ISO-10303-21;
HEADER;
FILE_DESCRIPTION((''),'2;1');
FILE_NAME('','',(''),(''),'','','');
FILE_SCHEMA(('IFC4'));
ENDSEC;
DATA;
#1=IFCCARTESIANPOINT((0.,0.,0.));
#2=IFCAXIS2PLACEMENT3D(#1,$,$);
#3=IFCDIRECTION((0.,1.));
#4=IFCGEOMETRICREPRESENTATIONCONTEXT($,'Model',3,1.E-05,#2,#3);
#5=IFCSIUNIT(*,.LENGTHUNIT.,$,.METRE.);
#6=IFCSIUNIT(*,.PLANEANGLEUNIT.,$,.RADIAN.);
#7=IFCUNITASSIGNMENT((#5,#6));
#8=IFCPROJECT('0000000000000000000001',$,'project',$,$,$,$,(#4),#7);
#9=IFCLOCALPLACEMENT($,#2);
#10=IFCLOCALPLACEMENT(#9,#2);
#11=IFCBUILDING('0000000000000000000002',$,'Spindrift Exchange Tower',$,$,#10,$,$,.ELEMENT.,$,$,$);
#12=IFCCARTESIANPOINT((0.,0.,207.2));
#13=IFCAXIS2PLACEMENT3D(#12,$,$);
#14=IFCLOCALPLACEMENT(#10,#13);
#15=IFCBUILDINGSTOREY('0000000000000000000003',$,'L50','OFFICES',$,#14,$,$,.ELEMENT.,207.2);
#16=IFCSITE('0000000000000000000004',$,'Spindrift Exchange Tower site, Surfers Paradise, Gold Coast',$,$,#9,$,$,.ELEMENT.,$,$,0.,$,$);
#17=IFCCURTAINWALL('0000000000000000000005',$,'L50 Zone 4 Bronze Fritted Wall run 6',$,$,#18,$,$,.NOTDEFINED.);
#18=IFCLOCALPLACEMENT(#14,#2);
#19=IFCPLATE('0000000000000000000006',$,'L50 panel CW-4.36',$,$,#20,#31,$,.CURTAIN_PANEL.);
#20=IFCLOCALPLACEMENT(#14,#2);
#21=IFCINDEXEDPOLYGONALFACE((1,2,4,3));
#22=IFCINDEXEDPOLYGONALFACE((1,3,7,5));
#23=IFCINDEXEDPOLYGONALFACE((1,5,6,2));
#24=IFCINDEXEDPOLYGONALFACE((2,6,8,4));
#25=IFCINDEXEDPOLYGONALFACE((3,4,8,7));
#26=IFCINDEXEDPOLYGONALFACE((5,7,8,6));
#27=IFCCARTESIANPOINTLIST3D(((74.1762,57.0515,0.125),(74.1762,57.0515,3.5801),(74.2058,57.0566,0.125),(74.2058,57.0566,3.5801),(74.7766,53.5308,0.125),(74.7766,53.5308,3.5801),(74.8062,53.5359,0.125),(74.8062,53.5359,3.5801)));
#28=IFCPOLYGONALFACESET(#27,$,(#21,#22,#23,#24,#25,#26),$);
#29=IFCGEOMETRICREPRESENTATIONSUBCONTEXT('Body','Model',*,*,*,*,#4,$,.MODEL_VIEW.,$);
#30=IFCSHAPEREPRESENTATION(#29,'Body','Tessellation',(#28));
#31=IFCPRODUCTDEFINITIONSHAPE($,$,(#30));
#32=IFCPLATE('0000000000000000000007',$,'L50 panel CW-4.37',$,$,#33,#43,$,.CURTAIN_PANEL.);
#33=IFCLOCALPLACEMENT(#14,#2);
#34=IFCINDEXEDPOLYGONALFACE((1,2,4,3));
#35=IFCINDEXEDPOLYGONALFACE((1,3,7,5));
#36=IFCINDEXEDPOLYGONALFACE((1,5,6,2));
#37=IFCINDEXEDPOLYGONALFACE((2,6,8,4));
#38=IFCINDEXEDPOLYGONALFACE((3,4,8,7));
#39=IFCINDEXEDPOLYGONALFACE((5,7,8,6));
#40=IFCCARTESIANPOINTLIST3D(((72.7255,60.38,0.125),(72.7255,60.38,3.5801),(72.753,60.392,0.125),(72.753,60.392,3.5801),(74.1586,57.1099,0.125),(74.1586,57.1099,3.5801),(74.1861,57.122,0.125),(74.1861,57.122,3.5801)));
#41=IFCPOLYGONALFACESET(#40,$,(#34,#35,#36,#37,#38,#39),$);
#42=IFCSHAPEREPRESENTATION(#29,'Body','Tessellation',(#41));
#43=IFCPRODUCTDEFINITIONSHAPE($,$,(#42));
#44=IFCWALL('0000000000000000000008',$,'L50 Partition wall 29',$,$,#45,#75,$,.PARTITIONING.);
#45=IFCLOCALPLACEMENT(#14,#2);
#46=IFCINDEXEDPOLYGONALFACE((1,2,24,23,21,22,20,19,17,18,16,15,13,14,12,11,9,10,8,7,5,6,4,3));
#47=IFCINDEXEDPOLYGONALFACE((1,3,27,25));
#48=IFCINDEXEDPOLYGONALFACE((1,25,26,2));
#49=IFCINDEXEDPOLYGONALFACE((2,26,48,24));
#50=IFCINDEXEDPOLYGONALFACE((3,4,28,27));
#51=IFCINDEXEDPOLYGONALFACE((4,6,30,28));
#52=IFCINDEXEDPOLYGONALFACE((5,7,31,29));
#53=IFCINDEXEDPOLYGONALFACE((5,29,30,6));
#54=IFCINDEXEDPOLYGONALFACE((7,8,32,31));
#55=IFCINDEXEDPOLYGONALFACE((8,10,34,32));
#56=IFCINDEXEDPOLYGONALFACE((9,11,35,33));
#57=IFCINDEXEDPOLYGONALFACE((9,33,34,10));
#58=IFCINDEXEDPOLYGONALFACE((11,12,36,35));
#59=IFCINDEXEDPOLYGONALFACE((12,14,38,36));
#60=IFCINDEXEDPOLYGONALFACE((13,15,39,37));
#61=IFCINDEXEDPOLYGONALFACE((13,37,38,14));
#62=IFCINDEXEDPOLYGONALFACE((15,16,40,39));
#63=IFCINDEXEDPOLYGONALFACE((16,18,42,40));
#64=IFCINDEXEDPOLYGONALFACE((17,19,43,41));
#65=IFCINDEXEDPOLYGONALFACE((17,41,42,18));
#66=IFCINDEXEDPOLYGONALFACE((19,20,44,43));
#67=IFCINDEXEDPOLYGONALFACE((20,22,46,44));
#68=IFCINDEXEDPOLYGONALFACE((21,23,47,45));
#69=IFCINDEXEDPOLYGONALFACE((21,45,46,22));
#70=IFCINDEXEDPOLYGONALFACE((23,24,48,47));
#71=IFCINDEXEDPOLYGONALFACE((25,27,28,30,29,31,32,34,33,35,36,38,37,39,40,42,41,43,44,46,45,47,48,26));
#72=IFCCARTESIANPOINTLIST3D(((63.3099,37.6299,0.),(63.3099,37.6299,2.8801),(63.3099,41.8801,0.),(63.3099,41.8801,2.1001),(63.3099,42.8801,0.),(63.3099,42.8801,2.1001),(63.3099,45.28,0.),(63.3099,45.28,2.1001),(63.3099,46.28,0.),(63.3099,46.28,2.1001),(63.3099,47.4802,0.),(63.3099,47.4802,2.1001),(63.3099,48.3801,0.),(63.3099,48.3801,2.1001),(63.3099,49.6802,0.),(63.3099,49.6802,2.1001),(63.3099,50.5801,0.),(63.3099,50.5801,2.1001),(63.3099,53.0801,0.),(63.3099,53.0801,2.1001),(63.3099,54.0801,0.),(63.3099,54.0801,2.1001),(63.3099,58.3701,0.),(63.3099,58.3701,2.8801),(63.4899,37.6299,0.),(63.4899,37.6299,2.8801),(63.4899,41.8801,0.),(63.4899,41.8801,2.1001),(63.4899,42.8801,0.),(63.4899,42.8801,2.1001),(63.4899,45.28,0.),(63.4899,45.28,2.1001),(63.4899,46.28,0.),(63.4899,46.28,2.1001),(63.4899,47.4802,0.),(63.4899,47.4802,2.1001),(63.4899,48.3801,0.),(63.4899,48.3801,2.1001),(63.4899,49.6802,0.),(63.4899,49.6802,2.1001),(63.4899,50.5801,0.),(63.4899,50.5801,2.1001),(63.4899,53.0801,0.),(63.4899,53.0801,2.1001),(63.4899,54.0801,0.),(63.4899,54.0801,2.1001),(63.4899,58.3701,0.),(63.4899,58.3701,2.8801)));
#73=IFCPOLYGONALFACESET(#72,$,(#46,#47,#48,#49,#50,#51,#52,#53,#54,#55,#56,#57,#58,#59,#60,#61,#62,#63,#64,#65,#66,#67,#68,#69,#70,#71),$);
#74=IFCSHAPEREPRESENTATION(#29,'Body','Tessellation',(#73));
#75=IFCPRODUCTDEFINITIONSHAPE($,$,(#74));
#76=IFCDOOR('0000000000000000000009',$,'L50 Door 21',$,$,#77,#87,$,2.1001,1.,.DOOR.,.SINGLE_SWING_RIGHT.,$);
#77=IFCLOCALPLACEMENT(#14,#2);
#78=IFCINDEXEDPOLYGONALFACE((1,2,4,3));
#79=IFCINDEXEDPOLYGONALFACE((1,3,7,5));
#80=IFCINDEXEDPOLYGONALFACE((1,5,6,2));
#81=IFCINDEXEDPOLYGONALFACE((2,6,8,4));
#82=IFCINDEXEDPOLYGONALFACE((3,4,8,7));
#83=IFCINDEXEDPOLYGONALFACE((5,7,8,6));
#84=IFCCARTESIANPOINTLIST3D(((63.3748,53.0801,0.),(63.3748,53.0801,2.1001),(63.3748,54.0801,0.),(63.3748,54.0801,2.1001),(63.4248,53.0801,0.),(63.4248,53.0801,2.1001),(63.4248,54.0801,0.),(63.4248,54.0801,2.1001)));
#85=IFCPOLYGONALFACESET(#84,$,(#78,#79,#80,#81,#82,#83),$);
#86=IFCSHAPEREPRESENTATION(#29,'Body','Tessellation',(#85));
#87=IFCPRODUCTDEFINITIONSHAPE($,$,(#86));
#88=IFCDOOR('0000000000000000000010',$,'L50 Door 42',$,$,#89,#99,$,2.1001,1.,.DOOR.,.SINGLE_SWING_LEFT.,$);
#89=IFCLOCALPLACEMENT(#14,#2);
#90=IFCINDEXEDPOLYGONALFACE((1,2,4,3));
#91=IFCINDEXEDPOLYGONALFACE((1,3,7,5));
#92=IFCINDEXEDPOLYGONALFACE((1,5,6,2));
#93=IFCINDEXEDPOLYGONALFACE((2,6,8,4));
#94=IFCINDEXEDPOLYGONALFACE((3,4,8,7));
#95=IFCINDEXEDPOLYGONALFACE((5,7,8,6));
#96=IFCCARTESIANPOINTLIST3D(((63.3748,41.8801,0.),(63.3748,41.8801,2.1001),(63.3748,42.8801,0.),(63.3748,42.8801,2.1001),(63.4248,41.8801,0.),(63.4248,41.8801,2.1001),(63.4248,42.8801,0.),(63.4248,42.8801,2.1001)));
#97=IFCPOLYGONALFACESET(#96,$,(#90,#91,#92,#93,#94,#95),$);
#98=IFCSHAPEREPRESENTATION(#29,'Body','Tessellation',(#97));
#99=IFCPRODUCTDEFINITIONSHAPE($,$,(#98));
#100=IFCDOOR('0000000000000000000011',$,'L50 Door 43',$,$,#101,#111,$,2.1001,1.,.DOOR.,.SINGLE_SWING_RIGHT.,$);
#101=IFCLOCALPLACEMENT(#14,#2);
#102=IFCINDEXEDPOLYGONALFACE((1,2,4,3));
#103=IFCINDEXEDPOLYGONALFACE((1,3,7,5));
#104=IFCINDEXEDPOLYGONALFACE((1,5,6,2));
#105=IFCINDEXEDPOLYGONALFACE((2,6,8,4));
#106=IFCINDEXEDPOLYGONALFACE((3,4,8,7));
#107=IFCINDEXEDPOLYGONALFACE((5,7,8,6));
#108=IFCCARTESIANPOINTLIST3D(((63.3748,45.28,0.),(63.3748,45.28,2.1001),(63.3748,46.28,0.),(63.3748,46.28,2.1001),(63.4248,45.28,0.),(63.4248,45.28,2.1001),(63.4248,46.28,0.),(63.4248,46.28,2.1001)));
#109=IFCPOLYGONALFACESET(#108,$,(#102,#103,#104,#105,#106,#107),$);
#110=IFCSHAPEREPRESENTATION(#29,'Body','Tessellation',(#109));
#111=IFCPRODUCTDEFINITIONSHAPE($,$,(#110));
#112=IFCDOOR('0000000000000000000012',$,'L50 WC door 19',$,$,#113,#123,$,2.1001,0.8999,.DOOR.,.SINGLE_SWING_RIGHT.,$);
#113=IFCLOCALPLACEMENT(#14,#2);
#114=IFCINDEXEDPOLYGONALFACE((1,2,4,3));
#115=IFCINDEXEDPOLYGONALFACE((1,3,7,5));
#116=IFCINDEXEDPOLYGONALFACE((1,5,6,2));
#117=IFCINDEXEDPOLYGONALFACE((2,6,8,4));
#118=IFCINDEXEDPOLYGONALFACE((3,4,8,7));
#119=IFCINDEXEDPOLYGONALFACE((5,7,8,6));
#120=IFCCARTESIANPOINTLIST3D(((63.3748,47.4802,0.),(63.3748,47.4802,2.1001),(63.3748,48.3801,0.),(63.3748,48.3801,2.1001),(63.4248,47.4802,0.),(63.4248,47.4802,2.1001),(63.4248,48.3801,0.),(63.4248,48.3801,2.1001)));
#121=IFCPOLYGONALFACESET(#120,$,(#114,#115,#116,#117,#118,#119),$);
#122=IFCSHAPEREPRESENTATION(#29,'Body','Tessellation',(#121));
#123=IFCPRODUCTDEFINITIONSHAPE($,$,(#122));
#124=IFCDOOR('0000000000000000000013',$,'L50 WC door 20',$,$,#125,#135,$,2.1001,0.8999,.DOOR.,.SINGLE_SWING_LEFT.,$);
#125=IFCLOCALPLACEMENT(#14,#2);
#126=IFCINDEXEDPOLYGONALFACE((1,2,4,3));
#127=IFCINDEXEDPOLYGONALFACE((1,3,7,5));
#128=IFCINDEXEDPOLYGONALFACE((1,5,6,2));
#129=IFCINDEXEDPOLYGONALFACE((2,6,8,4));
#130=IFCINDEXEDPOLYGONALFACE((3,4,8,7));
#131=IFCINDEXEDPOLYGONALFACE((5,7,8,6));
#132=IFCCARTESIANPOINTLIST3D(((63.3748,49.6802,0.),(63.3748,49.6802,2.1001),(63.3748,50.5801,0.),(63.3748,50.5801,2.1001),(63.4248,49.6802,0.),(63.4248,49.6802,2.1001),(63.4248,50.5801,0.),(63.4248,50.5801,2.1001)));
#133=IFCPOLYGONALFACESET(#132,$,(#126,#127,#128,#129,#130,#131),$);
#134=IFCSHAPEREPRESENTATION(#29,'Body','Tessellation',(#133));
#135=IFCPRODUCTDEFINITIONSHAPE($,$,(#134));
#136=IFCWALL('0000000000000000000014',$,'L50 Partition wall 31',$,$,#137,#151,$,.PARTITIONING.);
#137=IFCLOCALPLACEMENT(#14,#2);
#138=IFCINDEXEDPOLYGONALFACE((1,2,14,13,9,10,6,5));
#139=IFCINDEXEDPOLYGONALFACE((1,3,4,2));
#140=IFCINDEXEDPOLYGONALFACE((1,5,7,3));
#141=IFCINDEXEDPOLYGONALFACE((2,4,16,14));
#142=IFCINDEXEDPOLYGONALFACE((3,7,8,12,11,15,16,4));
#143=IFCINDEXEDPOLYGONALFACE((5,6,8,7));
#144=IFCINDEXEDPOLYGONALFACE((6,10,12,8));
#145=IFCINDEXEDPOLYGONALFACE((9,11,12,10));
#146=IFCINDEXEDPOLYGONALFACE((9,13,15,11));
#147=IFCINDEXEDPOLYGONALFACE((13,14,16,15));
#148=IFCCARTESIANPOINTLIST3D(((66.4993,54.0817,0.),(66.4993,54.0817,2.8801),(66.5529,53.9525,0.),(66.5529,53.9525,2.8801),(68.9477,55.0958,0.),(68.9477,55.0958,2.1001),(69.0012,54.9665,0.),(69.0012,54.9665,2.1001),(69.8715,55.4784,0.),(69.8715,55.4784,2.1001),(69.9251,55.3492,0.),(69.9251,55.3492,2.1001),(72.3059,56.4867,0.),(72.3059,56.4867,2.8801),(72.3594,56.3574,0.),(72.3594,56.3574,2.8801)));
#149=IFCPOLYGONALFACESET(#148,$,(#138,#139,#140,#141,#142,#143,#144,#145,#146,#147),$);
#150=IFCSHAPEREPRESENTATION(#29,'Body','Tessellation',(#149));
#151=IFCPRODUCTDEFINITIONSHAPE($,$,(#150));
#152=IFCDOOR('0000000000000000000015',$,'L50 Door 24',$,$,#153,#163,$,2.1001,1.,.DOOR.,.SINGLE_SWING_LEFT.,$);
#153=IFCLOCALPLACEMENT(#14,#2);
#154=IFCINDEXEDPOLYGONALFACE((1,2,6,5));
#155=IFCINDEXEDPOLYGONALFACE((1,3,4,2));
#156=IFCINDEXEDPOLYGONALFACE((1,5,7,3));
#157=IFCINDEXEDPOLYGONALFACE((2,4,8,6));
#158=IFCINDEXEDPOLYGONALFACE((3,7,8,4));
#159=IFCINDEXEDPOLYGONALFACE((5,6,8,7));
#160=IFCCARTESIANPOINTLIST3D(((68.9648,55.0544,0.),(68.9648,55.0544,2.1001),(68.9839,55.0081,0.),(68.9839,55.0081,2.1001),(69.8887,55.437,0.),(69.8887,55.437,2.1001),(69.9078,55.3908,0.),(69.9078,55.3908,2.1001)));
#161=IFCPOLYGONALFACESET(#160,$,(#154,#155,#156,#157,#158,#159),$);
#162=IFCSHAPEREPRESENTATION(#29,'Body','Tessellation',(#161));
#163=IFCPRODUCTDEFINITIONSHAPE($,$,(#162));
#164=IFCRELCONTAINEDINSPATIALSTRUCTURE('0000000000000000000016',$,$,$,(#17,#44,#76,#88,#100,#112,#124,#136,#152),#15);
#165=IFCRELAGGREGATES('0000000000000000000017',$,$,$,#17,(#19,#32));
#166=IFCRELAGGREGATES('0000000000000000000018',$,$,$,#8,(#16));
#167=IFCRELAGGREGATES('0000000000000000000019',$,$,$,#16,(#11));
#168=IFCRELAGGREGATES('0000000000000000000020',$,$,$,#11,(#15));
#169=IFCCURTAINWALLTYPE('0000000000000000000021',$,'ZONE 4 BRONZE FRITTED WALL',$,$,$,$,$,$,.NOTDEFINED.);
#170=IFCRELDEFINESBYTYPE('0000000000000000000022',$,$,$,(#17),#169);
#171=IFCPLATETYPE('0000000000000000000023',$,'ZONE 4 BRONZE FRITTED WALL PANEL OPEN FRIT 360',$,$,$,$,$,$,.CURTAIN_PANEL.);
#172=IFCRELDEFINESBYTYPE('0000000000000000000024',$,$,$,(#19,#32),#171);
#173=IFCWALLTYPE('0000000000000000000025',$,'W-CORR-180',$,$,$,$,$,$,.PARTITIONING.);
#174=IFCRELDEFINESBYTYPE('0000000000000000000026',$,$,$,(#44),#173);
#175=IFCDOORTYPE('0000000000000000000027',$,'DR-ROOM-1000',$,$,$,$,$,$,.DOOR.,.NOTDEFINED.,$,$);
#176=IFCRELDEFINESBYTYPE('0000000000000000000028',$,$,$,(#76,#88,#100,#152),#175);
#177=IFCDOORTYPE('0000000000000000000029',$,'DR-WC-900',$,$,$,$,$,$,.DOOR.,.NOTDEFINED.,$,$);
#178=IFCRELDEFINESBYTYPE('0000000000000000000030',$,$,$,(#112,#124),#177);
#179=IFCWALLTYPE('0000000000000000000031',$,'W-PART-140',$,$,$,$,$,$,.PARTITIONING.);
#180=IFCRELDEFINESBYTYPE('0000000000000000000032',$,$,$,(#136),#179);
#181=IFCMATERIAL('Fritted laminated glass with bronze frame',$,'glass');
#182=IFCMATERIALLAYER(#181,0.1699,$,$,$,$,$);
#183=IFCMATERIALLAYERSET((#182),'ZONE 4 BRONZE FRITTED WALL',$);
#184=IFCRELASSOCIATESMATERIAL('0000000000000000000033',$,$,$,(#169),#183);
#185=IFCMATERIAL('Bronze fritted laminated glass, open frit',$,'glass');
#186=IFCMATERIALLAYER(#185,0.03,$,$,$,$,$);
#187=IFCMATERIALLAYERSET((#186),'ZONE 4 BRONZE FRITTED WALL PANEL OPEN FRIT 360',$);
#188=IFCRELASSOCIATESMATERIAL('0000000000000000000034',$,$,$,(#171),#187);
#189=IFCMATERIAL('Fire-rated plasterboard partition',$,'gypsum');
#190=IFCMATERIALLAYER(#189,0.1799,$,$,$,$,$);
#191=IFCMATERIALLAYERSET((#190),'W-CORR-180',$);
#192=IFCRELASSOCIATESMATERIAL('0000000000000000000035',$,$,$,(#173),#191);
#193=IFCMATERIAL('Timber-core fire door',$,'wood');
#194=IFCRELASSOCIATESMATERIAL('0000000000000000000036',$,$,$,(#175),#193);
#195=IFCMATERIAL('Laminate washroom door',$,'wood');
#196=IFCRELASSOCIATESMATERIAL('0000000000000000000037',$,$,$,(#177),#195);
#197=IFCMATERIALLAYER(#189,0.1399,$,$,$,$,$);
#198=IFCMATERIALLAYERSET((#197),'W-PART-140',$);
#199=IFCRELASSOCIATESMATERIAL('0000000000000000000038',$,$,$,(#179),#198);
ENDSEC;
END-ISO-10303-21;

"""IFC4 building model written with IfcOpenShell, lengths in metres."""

from ifc_helpers import new_model, si_unit, direction, frame, frame_2d, origin, origin_2d, place, context, subcontext, project, spatial, rectangle, extrude, source, transform, mapped, material, layer, layer_set, type_object, element, fill, aggregate, save


model = new_model("IFC4")

# Units and contexts
model_context = context("Model", 3, precision=1e-05, world=origin(), true_north=direction((0.0, 1.0)))
body_context = subcontext(model_context, "Body", "Model", "MODEL_VIEW")
ifc_project = project(units=[si_unit("LENGTHUNIT", "METRE"), si_unit("PLANEANGLEUNIT", "RADIAN")], contexts=[model_context])

# Site, building, storey
site_placement = place(None, origin())
site = spatial("IfcSite", under=ifc_project, at=site_placement, Name="Spindrift Exchange Tower site, Surfers Paradise, Gold Coast", CompositionType="ELEMENT", RefElevation=0.0)
building_placement = place(site_placement, origin())
building = spatial("IfcBuilding", under=site, at=building_placement, Name="Spindrift Exchange Tower", CompositionType="ELEMENT")
storey_placement = place(building_placement, frame((0.0, 0.0, 207.2)))
storey = spatial("IfcBuildingStorey", under=building, at=storey_placement, Name="L50", Description="OFFICES", CompositionType="ELEMENT", Elevation=207.2)

# Curtain wall, plates
ifc_material_1 = material(Name="Fritted laminated glass with bronze frame", Category="glass")
ifc_layer_1 = layer(ifc_material_1, 0.1699)
ifc_layer_set_1 = layer_set([ifc_layer_1], Name="ZONE 4 BRONZE FRITTED WALL")
curtain_wall_type = type_object("IfcCurtainWallType", Name="ZONE 4 BRONZE FRITTED WALL", PredefinedType="NOTDEFINED", material=ifc_layer_set_1)
curtain_wall_placement = place(storey_placement, origin())
curtain_wall = element("IfcCurtainWall", 1, at=curtain_wall_placement, inside=storey, type_object=curtain_wall_type, Name="L50 Zone 4 Bronze Fritted Wall run 6", PredefinedType="NOTDEFINED")
ifc_material_2 = material(Name="Bronze fritted laminated glass, open frit", Category="glass")
ifc_layer_2 = layer(ifc_material_2, 0.03)
ifc_layer_set_2 = layer_set([ifc_layer_2], Name="ZONE 4 BRONZE FRITTED WALL PANEL OPEN FRIT 360")
plate_type_1 = type_object("IfcPlateType", Name="ZONE 4 BRONZE FRITTED WALL PANEL OPEN FRIT 360", PredefinedType="CURTAIN_PANEL", material=ifc_layer_set_2)
shared_shape_1 = source(origin(), body_context, "Body", "SweptSolid", [
    extrude(rectangle(XDim=3.5715, YDim=0.03, at=origin_2d()), origin(), (0.0, 0.0, 1.0), 3.4551),
])
plate_1_placement = place(storey_placement, frame((74.4912, 55.2937, 0.125), z_axis=(0.0, 0.0, 1.0), x_axis=(-0.168126, 0.985765, 0.0)))
plate_1 = element("IfcPlate", 2, at=plate_1_placement, type_object=plate_type_1, Name="L50 panel CW-4.36", PredefinedType="CURTAIN_PANEL", context=body_context, shape_type="MappedRepresentation", body=[
    mapped(shared_shape_1, transform((0.0, 0.0, 0.0), scale=1.0)),
])
shared_shape_2 = source(origin(), body_context, "Body", "SweptSolid", [
    extrude(rectangle(XDim=3.5703, YDim=0.03, at=origin_2d()), origin(), (0.0, 0.0, 1.0), 3.4551),
])
plate_2_placement = place(storey_placement, frame((73.4558, 58.751, 0.125), z_axis=(0.0, 0.0, 1.0), x_axis=(-0.401406, 0.9159, 0.0)))
plate_2 = element("IfcPlate", 3, at=plate_2_placement, type_object=plate_type_1, Name="L50 panel CW-4.37", PredefinedType="CURTAIN_PANEL", context=body_context, shape_type="MappedRepresentation", body=[
    mapped(shared_shape_2, transform((0.0, 0.0, 0.0), scale=1.0)),
])
aggregate(curtain_wall, [plate_1, plate_2])

# Wall, openings, doors
ifc_material_3 = material(Name="Fire-rated plasterboard partition", Category="gypsum")
ifc_layer_3 = layer(ifc_material_3, 0.1799)
ifc_layer_set_3 = layer_set([ifc_layer_3], Name="W-CORR-180")
wall_type_1 = type_object("IfcWallType", Name="W-CORR-180", PredefinedType="PARTITIONING", material=ifc_layer_set_3)
wall_1_placement = place(storey_placement, frame((63.3999, 58.3701, 0.0), z_axis=(0.0, 0.0, 1.0), x_axis=(0.0, -1.0, 0.0)))
wall_1 = element("IfcWall", 4, at=wall_1_placement, inside=storey, type_object=wall_type_1, Name="L50 Partition wall 29", PredefinedType="PARTITIONING", context=body_context, shape_type="SweptSolid", body=[
    extrude(rectangle(XDim=20.7402, YDim=0.1799, at=frame_2d((10.3701, 0.0))), origin(), (0.0, 0.0, 1.0), 2.8801),
])
opening_1_placement = place(wall_1_placement, frame((9.99, 0.0, 0.0)))
opening_1 = element("IfcOpeningElement", 5, at=opening_1_placement, cuts=wall_1, PredefinedType="OPENING", context=body_context, shape_type="SweptSolid", body=[
    extrude(rectangle(XDim=0.8999, YDim=2.1001, at=frame_2d((0.45, 1.05))), frame((0.0, 0.0999, 0.0), z_axis=(0.0, -1.0, 0.0), x_axis=(1.0, 0.0, 0.0)), (0.0, 0.0, 1.0), 0.2),
])
opening_2_placement = place(wall_1_placement, frame((7.79, 0.0, 0.0)))
opening_2 = element("IfcOpeningElement", 6, at=opening_2_placement, cuts=wall_1, PredefinedType="OPENING", context=body_context, shape_type="SweptSolid", body=[
    extrude(rectangle(XDim=0.8999, YDim=2.1001, at=frame_2d((0.45, 1.05))), frame((0.0, 0.0999, 0.0), z_axis=(0.0, -1.0, 0.0), x_axis=(1.0, 0.0, 0.0)), (0.0, 0.0, 1.0), 0.2),
])
opening_3_placement = place(wall_1_placement, frame((4.29, 0.0, 0.0)))
opening_3 = element("IfcOpeningElement", 7, at=opening_3_placement, cuts=wall_1, PredefinedType="OPENING", context=body_context, shape_type="SweptSolid", body=[
    extrude(rectangle(XDim=1.0, YDim=2.1001, at=frame_2d((0.5, 1.05))), frame((0.0, 0.0999, 0.0), z_axis=(0.0, -1.0, 0.0), x_axis=(1.0, 0.0, 0.0)), (0.0, 0.0, 1.0), 0.2),
])
opening_4_placement = place(wall_1_placement, frame((15.49, 0.0, 0.0)))
opening_4 = element("IfcOpeningElement", 8, at=opening_4_placement, cuts=wall_1, PredefinedType="OPENING", context=body_context, shape_type="SweptSolid", body=[
    extrude(rectangle(XDim=1.0, YDim=2.1001, at=frame_2d((0.5, 1.05))), frame((0.0, 0.0999, 0.0), z_axis=(0.0, -1.0, 0.0), x_axis=(1.0, 0.0, 0.0)), (0.0, 0.0, 1.0), 0.2),
])
opening_5_placement = place(wall_1_placement, frame((12.0901, 0.0, 0.0)))
opening_5 = element("IfcOpeningElement", 9, at=opening_5_placement, cuts=wall_1, PredefinedType="OPENING", context=body_context, shape_type="SweptSolid", body=[
    extrude(rectangle(XDim=1.0, YDim=2.1001, at=frame_2d((0.5, 1.05))), frame((0.0, 0.0999, 0.0), z_axis=(0.0, -1.0, 0.0), x_axis=(1.0, 0.0, 0.0)), (0.0, 0.0, 1.0), 0.2),
])
ifc_material_4 = material(Name="Timber-core fire door", Category="wood")
door_type_1 = type_object("IfcDoorType", Name="DR-ROOM-1000", OperationType="NOTDEFINED", PredefinedType="DOOR", material=ifc_material_4)
shared_shape_3 = source(origin(), body_context, "Body", "SweptSolid", [
    extrude(rectangle(XDim=1.0, YDim=2.1001, at=frame_2d((0.5, 1.05))), frame((0.0, 0.0249, 0.0), z_axis=(0.0, -1.0, 0.0), x_axis=(1.0, 0.0, 0.0)), (0.0, 0.0, 1.0), 0.05),
])
door_1_placement = place(opening_3_placement, origin())
door_1 = element("IfcDoor", 10, at=door_1_placement, inside=storey, type_object=door_type_1, Name="L50 Door 21", OperationType="SINGLE_SWING_RIGHT", OverallHeight=2.1001, OverallWidth=1.0, PredefinedType="DOOR", context=body_context, shape_type="MappedRepresentation", body=[
    mapped(shared_shape_3, transform((0.0, 0.0, 0.0), scale=1.0)),
])
fill(opening_3, door_1)
door_2_placement = place(opening_4_placement, origin())
door_2 = element("IfcDoor", 11, at=door_2_placement, inside=storey, type_object=door_type_1, Name="L50 Door 42", OperationType="SINGLE_SWING_LEFT", OverallHeight=2.1001, OverallWidth=1.0, PredefinedType="DOOR", context=body_context, shape_type="MappedRepresentation", body=[
    mapped(shared_shape_3, transform((0.0, 0.0, 0.0), scale=1.0)),
])
fill(opening_4, door_2)
door_3_placement = place(opening_5_placement, origin())
door_3 = element("IfcDoor", 12, at=door_3_placement, inside=storey, type_object=door_type_1, Name="L50 Door 43", OperationType="SINGLE_SWING_RIGHT", OverallHeight=2.1001, OverallWidth=1.0, PredefinedType="DOOR", context=body_context, shape_type="MappedRepresentation", body=[
    mapped(shared_shape_3, transform((0.0, 0.0, 0.0), scale=1.0)),
])
fill(opening_5, door_3)
ifc_material_5 = material(Name="Laminate washroom door", Category="wood")
door_type_2 = type_object("IfcDoorType", Name="DR-WC-900", OperationType="NOTDEFINED", PredefinedType="DOOR", material=ifc_material_5)
shared_shape_4 = source(origin(), body_context, "Body", "SweptSolid", [
    extrude(rectangle(XDim=0.8999, YDim=2.1001, at=frame_2d((0.45, 1.05))), frame((0.0, 0.0249, 0.0), z_axis=(0.0, -1.0, 0.0), x_axis=(1.0, 0.0, 0.0)), (0.0, 0.0, 1.0), 0.05),
])
door_4_placement = place(opening_1_placement, origin())
door_4 = element("IfcDoor", 13, at=door_4_placement, inside=storey, type_object=door_type_2, Name="L50 WC door 19", OperationType="SINGLE_SWING_RIGHT", OverallHeight=2.1001, OverallWidth=0.8999, PredefinedType="DOOR", context=body_context, shape_type="MappedRepresentation", body=[
    mapped(shared_shape_4, transform((0.0, 0.0, 0.0), scale=1.0)),
])
fill(opening_1, door_4)
door_5_placement = place(opening_2_placement, origin())
door_5 = element("IfcDoor", 14, at=door_5_placement, inside=storey, type_object=door_type_2, Name="L50 WC door 20", OperationType="SINGLE_SWING_LEFT", OverallHeight=2.1001, OverallWidth=0.8999, PredefinedType="DOOR", context=body_context, shape_type="MappedRepresentation", body=[
    mapped(shared_shape_4, transform((0.0, 0.0, 0.0), scale=1.0)),
])
fill(opening_2, door_5)

# Wall, opening, door
ifc_layer_4 = layer(ifc_material_3, 0.1399)
ifc_layer_set_4 = layer_set([ifc_layer_4], Name="W-PART-140")
wall_type_2 = type_object("IfcWallType", Name="W-PART-140", PredefinedType="PARTITIONING", material=ifc_layer_set_4)
wall_2_placement = place(storey_placement, frame((72.3328, 56.4221, 0.0), z_axis=(0.0, 0.0, 1.0), x_axis=(-0.923889, -0.382662, 0.0)))
wall_2 = element("IfcWall", 15, at=wall_2_placement, inside=storey, type_object=wall_type_2, Name="L50 Partition wall 31", PredefinedType="PARTITIONING", context=body_context, shape_type="SweptSolid", body=[
    extrude(rectangle(XDim=6.2849, YDim=0.1399, at=frame_2d((3.1426, 0.0))), origin(), (0.0, 0.0, 1.0), 2.8801),
])
opening_6_placement = place(wall_2_placement, frame((2.635, 0.0, 0.0)))
opening_6 = element("IfcOpeningElement", 16, at=opening_6_placement, cuts=wall_2, PredefinedType="OPENING", context=body_context, shape_type="SweptSolid", body=[
    extrude(rectangle(XDim=1.0, YDim=2.1001, at=frame_2d((0.5, 1.05))), frame((0.0, 0.0798, 0.0), z_axis=(0.0, -1.0, 0.0), x_axis=(1.0, 0.0, 0.0)), (0.0, 0.0, 1.0), 0.1599),
])
door_6_placement = place(opening_6_placement, origin())
door_6 = element("IfcDoor", 17, at=door_6_placement, inside=storey, type_object=door_type_1, Name="L50 Door 24", OperationType="SINGLE_SWING_LEFT", OverallHeight=2.1001, OverallWidth=1.0, PredefinedType="DOOR", context=body_context, shape_type="MappedRepresentation", body=[
    mapped(shared_shape_3, transform((0.0, 0.0, 0.0), scale=1.0)),
])
fill(opening_6, door_6)

save(model, "model.ifc")
